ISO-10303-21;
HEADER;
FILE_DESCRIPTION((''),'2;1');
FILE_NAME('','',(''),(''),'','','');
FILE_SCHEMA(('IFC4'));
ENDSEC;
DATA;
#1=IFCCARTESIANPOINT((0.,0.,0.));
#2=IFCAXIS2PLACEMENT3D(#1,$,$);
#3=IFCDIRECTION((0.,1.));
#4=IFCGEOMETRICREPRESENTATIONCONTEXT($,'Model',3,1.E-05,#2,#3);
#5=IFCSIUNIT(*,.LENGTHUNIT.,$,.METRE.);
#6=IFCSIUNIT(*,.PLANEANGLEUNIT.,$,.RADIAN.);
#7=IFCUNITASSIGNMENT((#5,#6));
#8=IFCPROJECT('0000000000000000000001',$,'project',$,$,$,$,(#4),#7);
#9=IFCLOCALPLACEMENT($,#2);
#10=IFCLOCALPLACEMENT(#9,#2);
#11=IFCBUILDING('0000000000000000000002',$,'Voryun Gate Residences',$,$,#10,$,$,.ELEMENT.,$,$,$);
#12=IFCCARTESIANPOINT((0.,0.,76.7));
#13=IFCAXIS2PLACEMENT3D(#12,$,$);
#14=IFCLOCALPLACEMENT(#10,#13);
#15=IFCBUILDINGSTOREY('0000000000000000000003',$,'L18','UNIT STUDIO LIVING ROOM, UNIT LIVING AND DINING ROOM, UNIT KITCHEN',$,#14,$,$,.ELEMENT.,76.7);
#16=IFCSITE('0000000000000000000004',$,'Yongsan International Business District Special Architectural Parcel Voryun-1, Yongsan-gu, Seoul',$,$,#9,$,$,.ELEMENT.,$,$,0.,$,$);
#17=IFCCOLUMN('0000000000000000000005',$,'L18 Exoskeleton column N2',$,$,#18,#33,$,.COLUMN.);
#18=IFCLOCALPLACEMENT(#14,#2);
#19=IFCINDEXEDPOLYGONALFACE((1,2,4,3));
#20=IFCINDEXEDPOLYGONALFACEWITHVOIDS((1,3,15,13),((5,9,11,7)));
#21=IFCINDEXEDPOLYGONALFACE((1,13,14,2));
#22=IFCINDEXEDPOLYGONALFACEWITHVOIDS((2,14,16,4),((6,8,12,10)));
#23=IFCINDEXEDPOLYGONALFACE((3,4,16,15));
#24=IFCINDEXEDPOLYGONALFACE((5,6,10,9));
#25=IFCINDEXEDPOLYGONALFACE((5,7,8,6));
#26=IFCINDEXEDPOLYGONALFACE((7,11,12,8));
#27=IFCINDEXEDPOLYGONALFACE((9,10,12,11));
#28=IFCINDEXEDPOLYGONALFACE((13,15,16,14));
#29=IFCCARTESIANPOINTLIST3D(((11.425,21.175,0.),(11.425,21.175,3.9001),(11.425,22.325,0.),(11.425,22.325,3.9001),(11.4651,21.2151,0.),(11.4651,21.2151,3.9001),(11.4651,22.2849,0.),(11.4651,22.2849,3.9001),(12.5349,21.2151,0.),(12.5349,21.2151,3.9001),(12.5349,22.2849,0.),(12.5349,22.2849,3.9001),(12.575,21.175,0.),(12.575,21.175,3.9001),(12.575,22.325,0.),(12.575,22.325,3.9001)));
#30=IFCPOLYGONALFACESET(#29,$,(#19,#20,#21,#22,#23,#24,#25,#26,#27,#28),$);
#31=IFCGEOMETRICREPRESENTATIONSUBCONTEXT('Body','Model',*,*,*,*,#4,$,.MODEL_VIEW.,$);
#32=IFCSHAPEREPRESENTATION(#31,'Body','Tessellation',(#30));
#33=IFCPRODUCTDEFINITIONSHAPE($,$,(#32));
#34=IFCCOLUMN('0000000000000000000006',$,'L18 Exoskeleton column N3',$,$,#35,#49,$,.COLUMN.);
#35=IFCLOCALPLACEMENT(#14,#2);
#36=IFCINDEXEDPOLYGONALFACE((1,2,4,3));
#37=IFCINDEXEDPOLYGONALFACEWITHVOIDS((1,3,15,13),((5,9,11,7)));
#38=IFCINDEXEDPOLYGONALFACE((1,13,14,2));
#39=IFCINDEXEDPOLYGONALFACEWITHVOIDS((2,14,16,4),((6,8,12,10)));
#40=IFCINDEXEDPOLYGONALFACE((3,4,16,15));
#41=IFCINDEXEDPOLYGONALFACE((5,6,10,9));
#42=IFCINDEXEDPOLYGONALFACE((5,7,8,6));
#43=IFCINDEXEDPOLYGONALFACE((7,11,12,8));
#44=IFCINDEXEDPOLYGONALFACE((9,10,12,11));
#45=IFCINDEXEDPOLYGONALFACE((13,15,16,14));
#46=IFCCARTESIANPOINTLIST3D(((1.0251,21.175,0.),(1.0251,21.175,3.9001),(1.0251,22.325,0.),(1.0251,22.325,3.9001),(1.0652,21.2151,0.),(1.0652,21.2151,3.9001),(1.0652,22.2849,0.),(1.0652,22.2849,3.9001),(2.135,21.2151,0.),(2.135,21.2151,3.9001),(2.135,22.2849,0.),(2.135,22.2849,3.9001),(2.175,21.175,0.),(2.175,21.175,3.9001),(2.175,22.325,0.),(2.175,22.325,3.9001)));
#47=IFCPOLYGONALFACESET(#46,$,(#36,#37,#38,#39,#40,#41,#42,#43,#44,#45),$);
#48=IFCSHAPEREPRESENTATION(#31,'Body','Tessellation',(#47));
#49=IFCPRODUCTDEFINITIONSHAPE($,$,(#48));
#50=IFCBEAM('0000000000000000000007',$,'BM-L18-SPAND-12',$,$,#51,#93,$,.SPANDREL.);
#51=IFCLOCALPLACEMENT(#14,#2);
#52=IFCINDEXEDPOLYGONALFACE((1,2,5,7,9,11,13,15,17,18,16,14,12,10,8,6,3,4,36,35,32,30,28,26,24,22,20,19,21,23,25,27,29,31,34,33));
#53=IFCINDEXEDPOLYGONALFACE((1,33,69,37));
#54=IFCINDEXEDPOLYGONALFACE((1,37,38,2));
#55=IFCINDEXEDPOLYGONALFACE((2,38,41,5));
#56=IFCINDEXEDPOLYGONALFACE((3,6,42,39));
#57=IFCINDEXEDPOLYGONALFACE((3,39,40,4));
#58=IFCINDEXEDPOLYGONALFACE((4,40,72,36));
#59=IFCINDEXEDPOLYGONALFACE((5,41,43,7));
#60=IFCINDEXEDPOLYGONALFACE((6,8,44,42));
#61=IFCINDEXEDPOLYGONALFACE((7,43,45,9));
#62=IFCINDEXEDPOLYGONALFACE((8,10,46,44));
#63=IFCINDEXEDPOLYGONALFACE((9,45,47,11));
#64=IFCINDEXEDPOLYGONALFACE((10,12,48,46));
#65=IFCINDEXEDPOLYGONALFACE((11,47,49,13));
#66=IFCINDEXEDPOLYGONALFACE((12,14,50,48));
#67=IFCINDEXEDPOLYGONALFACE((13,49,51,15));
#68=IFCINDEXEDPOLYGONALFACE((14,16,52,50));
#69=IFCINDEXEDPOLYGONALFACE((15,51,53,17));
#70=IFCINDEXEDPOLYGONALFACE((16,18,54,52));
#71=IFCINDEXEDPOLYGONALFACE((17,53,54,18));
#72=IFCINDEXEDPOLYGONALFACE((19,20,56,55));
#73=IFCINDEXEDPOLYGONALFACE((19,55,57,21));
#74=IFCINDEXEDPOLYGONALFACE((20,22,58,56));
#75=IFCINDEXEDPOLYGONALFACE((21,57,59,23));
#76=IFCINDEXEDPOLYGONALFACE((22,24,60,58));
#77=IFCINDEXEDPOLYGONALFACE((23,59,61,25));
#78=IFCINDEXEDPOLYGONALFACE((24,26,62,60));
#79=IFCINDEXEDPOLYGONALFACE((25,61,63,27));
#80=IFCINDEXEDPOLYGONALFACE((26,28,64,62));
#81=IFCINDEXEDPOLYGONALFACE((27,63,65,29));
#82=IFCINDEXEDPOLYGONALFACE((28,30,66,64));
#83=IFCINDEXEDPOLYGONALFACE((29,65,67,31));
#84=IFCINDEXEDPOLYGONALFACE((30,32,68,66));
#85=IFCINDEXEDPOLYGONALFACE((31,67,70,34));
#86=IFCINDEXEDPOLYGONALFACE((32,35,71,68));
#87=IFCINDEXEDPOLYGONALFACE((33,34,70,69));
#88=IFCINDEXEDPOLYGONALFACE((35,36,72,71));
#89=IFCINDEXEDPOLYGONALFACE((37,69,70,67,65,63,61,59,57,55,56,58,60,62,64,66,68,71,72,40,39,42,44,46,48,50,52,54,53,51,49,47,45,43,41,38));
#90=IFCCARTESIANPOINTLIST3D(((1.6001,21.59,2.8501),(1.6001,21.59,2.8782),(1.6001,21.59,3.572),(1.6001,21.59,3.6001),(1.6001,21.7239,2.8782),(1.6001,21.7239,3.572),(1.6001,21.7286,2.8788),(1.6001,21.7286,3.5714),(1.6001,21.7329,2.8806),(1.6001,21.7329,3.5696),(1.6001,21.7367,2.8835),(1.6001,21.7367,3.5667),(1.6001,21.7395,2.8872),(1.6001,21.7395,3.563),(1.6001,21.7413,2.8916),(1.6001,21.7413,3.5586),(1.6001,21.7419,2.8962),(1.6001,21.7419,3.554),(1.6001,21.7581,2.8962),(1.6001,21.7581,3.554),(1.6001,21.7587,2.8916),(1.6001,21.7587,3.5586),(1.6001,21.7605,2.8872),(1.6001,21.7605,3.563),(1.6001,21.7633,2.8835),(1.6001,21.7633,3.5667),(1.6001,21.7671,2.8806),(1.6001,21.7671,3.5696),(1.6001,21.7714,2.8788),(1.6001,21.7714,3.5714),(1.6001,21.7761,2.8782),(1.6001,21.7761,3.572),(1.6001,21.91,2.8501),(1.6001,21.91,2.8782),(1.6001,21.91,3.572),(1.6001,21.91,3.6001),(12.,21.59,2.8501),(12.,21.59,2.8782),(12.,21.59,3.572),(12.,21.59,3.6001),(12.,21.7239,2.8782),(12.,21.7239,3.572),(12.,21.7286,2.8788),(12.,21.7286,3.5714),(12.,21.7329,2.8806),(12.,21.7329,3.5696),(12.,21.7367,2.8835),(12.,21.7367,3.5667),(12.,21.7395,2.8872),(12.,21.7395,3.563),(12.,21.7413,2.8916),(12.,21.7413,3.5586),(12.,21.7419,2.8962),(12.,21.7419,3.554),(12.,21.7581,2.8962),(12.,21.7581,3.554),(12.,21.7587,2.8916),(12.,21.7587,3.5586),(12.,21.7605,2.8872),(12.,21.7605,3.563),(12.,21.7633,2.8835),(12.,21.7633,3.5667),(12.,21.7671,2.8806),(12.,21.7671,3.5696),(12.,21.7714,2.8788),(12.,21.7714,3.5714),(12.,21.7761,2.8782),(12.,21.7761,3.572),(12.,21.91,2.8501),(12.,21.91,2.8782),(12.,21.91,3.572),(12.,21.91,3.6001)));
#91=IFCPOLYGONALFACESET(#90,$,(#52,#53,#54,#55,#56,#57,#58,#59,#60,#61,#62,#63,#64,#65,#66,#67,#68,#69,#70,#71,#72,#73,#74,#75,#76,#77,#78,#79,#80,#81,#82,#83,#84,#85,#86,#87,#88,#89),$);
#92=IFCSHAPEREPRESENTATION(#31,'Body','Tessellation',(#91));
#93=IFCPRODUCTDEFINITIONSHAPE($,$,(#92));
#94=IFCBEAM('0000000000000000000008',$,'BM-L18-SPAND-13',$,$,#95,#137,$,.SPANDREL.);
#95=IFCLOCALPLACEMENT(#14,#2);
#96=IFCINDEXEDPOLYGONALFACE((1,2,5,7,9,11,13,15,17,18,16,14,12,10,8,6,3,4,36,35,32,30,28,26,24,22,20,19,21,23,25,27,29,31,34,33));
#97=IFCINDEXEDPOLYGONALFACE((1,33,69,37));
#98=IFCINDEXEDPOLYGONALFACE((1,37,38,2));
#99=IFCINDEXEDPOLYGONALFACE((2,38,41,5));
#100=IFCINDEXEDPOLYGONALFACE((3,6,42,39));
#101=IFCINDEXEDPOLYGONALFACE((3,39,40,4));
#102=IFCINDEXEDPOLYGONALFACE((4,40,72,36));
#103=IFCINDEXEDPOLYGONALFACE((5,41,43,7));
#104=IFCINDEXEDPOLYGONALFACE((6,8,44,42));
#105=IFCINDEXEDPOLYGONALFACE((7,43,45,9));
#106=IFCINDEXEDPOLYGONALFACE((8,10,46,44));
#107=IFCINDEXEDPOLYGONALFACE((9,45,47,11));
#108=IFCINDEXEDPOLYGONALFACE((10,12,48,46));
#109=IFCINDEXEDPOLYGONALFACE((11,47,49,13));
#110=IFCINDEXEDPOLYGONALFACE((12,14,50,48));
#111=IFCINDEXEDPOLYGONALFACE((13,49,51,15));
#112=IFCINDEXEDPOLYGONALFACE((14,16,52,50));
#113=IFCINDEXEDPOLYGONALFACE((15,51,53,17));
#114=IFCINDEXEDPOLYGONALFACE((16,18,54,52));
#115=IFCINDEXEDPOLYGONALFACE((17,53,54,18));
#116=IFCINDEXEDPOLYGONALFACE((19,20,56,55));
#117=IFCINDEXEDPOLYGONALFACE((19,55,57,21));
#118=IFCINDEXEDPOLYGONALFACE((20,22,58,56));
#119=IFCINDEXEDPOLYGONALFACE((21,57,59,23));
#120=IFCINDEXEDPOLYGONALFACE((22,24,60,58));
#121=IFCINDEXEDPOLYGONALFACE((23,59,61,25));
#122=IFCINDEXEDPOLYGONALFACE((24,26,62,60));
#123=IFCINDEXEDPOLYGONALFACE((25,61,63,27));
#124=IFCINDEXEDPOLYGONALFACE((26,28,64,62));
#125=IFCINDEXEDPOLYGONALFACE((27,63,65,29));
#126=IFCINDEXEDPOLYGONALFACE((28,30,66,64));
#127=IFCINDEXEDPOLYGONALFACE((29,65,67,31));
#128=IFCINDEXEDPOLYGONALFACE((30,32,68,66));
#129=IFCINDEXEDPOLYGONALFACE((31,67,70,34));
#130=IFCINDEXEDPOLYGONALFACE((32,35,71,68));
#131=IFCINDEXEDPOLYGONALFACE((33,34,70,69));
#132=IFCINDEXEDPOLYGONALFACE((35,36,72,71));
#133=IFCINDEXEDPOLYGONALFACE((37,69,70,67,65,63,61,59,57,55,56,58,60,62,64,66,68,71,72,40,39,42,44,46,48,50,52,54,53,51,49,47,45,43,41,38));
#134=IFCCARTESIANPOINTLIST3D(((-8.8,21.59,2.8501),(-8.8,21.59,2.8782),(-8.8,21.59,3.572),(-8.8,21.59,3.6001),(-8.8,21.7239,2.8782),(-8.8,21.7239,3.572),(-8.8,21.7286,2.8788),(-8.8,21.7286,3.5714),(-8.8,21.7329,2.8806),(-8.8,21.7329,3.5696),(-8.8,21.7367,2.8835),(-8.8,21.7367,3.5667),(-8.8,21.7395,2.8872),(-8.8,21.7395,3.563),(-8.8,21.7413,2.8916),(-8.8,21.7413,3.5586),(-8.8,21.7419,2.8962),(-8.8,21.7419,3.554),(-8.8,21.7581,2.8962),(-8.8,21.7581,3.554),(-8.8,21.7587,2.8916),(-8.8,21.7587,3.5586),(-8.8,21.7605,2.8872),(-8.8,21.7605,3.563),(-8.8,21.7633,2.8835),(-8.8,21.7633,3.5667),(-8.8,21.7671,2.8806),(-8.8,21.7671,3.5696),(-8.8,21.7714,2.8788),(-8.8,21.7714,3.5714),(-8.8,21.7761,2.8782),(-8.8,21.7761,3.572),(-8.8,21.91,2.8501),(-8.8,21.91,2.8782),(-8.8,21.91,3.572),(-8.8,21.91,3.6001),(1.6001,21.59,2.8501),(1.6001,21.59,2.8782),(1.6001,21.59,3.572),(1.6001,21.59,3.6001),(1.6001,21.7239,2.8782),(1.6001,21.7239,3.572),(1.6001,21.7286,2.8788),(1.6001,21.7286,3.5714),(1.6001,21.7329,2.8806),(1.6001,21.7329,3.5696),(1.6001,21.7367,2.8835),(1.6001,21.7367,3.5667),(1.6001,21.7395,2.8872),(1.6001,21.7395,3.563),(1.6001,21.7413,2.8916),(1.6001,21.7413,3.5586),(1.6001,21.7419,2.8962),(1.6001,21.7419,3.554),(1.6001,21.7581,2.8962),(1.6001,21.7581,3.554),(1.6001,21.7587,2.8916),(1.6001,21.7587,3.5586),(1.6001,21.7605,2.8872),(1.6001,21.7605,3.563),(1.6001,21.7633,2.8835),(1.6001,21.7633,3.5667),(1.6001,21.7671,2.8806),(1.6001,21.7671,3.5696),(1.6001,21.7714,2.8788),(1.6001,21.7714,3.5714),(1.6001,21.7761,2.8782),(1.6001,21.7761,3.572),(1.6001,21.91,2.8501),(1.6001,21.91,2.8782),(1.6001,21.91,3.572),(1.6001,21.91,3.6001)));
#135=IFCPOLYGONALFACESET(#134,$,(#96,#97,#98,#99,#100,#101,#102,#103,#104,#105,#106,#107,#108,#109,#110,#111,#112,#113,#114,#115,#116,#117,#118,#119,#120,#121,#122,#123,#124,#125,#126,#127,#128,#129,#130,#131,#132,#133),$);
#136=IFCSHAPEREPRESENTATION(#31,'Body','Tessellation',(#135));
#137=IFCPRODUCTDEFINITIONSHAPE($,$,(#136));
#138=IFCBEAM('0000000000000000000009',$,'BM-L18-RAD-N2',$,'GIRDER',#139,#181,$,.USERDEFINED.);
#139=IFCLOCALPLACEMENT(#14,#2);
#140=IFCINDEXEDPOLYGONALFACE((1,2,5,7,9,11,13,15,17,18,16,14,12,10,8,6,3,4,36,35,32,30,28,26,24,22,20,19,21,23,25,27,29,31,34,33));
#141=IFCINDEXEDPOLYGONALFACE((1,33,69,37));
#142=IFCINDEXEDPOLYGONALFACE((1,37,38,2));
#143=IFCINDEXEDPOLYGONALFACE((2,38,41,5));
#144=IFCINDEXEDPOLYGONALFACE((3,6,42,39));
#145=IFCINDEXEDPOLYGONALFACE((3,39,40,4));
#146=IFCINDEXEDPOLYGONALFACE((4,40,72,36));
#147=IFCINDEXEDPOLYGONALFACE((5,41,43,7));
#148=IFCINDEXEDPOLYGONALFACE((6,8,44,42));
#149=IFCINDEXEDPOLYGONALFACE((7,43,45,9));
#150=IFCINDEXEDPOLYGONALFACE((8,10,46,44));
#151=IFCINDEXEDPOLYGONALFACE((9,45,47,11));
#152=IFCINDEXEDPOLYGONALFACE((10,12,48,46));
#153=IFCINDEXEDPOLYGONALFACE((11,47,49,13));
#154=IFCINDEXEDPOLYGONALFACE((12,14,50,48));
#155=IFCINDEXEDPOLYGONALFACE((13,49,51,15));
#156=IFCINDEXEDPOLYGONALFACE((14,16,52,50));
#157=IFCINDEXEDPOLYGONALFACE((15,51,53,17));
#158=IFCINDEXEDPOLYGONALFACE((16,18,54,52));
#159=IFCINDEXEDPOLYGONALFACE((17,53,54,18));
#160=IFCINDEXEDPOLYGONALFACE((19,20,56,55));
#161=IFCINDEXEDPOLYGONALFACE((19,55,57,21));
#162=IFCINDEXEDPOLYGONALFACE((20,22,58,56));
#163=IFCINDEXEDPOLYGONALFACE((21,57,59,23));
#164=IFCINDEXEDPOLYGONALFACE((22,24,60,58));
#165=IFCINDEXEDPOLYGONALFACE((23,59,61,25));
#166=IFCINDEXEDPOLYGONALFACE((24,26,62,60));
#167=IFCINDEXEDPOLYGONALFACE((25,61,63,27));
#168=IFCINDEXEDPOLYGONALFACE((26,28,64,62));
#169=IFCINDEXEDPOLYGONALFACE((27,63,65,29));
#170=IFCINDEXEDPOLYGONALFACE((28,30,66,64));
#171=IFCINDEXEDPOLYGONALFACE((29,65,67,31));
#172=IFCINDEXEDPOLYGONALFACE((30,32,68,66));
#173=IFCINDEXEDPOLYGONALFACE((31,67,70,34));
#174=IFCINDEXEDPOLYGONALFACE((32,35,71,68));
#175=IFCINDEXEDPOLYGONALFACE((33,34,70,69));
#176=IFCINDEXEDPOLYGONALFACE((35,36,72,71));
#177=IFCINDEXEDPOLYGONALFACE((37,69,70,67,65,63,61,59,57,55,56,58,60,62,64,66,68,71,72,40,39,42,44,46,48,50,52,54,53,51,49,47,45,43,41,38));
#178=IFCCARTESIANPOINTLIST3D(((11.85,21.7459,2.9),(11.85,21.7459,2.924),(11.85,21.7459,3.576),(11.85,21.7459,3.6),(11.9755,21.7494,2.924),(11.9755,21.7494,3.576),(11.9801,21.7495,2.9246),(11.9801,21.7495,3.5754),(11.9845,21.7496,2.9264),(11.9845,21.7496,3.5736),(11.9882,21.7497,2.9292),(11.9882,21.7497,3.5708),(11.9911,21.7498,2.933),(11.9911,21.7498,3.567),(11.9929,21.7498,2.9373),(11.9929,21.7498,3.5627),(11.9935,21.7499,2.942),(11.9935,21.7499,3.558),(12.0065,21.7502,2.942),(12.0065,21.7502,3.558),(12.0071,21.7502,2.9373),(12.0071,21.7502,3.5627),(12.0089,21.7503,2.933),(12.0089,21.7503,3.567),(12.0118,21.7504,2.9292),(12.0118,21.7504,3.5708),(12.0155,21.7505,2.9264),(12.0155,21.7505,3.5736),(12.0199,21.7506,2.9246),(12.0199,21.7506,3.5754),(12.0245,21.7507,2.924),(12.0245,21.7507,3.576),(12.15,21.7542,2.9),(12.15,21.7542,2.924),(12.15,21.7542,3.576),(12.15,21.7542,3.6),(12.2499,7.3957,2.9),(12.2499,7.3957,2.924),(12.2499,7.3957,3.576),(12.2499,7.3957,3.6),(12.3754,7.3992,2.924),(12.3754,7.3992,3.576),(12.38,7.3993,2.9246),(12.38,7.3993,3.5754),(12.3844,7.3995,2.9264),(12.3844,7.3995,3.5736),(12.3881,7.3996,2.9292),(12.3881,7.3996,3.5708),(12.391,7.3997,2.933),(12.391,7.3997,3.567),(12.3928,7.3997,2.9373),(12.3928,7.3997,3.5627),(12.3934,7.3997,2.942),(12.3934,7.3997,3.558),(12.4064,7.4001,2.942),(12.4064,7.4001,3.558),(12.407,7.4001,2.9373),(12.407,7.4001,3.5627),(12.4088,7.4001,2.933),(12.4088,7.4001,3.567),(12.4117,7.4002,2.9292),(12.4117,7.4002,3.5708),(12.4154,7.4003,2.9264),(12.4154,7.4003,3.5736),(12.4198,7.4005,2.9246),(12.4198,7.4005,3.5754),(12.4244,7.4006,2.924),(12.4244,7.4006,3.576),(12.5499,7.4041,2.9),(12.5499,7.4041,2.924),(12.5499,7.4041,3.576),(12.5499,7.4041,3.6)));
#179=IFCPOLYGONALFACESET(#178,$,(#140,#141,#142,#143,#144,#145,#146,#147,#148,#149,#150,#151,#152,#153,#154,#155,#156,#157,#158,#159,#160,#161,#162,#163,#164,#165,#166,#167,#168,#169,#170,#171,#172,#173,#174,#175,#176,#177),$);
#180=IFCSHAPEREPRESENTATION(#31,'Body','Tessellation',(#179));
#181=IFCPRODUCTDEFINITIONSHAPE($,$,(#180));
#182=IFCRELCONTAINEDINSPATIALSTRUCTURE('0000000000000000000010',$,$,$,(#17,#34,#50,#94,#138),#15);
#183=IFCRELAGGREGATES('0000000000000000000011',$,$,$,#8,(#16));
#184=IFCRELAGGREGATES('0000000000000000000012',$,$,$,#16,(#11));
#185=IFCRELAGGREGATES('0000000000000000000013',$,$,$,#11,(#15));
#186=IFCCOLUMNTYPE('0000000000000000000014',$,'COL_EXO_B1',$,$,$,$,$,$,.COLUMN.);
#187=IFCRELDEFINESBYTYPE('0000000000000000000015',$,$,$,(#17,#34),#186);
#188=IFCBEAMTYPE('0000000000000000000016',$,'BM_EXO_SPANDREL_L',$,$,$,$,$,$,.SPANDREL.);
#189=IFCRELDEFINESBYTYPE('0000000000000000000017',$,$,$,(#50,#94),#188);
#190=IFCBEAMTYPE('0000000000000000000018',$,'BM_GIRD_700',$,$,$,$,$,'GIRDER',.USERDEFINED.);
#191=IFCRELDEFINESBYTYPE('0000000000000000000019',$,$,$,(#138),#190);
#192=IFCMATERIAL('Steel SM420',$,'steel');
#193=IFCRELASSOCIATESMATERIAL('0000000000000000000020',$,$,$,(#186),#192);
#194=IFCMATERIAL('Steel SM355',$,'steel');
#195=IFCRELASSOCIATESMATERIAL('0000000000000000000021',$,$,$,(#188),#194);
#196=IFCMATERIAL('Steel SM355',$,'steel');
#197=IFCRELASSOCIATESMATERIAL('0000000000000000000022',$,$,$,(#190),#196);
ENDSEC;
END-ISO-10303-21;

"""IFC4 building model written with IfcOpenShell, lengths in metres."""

from ifc_helpers import new_model, si_unit, direction, frame, origin, origin_2d, place, context, subcontext, project, spatial, hollow_rectangle, i_section, extrude, material, material_profile, profile_set, type_object, element, save


model = new_model("IFC4")

# Units and contexts
model_context = context("Model", 3, precision=1e-05, world=origin(), true_north=direction((0.0, 1.0)))
body_context = subcontext(model_context, "Body", "Model", "MODEL_VIEW")
ifc_project = project(units=[si_unit("LENGTHUNIT", "METRE"), si_unit("PLANEANGLEUNIT", "RADIAN")], contexts=[model_context])

# Site, building, storey
site_placement = place(None, origin())
site = spatial("IfcSite", under=ifc_project, at=site_placement, Name="Yongsan International Business District Special Architectural Parcel Voryun-1, Yongsan-gu, Seoul", CompositionType="ELEMENT", RefElevation=0.0)
building_placement = place(site_placement, origin())
building = spatial("IfcBuilding", under=site, at=building_placement, Name="Voryun Gate Residences", CompositionType="ELEMENT")
storey_placement = place(building_placement, frame((0.0, 0.0, 76.7)))
storey = spatial("IfcBuildingStorey", under=building, at=storey_placement, Name="L18", Description="UNIT STUDIO LIVING ROOM, UNIT LIVING AND DINING ROOM, UNIT KITCHEN", CompositionType="ELEMENT", Elevation=76.7)

# Columns
ifc_material_1 = material(Name="Steel SM420", Category="steel")
ifc_material_profile_1 = material_profile(ifc_material_1, hollow_rectangle(XDim=1.1499, YDim=1.1499, WallThickness=0.04, at=origin_2d()), Name="BOX-1150x1150x40")
ifc_profile_set_1 = profile_set([ifc_material_profile_1], Name="Steel SM420")
column_type = type_object("IfcColumnType", Name="COL_EXO_B1", PredefinedType="COLUMN", material=ifc_profile_set_1)
for number, where, z_axis, x_axis, name in (
    (1, (12.0, 21.75, 0.0), (0.0, 0.0, 1.0), (1.0, 0.0, 0.0), "L18 Exoskeleton column N2"),
    (2, (1.6001, 21.75, 0.0), (0.0, 0.0, 1.0), (1.0, 0.0, 0.0), "L18 Exoskeleton column N3"),
):
    element("IfcColumn", number, at=place(storey_placement, frame(where, z_axis=z_axis, x_axis=x_axis)), inside=storey, type_object=column_type, Name=name, PredefinedType="COLUMN", context=body_context, shape_type="SweptSolid", body=[
        extrude(hollow_rectangle(XDim=1.1499, YDim=1.1499, WallThickness=0.04, at=origin_2d()), origin(), (0.0, 0.0, 1.0), 3.9001),
    ])

# Beams
ifc_material_2 = material(Name="Steel SM355", Category="steel")
ifc_material_profile_2 = material_profile(ifc_material_2, i_section(OverallWidth=0.3201, OverallDepth=0.75, WebThickness=0.0161, FlangeThickness=0.0281, FilletRadius=0.0181, at=origin_2d()), Name="H-750x320x16x28")
ifc_profile_set_2 = profile_set([ifc_material_profile_2], Name="Steel SM355")
beam_type_1 = type_object("IfcBeamType", Name="BM_EXO_SPANDREL_L", PredefinedType="SPANDREL", material=ifc_profile_set_2)
beam_1_placement = place(storey_placement, frame((12.0, 21.75, 3.2251), z_axis=(-1.0, 0.0, 0.0), x_axis=(0.0, -1.0, 0.0)))
element("IfcBeam", 3, at=beam_1_placement, inside=storey, type_object=beam_type_1, Name="BM-L18-SPAND-12", PredefinedType="SPANDREL", context=body_context, shape_type="SweptSolid", body=[
    extrude(i_section(OverallWidth=0.3201, OverallDepth=0.75, WebThickness=0.0161, FlangeThickness=0.0281, FilletRadius=0.0181, at=origin_2d()), origin(), (0.0, 0.0, 1.0), 10.3999),
])
beam_2_placement = place(storey_placement, frame((1.6001, 21.75, 3.2251), z_axis=(-1.0, 0.0, 0.0), x_axis=(0.0, -1.0, 0.0)))
element("IfcBeam", 4, at=beam_2_placement, inside=storey, type_object=beam_type_1, Name="BM-L18-SPAND-13", PredefinedType="SPANDREL", context=body_context, shape_type="SweptSolid", body=[
    extrude(i_section(OverallWidth=0.3201, OverallDepth=0.75, WebThickness=0.0161, FlangeThickness=0.0281, FilletRadius=0.0181, at=origin_2d()), origin(), (0.0, 0.0, 1.0), 10.4001),
])
ifc_material_3 = material(Name="Steel SM355", Category="steel")
ifc_material_profile_3 = material_profile(ifc_material_3, i_section(OverallWidth=0.3, OverallDepth=0.7, WebThickness=0.0129, FlangeThickness=0.0239, FilletRadius=0.0181, at=origin_2d()), Name="H-700x300x13x24")
ifc_profile_set_3 = profile_set([ifc_material_profile_3], Name="Steel SM355")
beam_type_2 = type_object("IfcBeamType", Name="BM_GIRD_700", ElementType="GIRDER", PredefinedType="USERDEFINED", material=ifc_profile_set_3)
beam_3_placement = place(storey_placement, frame((12.3999, 7.3999, 3.25), z_axis=(-0.027857, 0.999612, 0.0), x_axis=(-0.999612, -0.027857, 0.0)))
element("IfcBeam", 5, at=beam_3_placement, inside=storey, type_object=beam_type_2, Name="BM-L18-RAD-N2", ObjectType="GIRDER", PredefinedType="USERDEFINED", context=body_context, shape_type="SweptSolid", body=[
    extrude(i_section(OverallWidth=0.3, OverallDepth=0.7, WebThickness=0.0129, FlangeThickness=0.0239, FilletRadius=0.0181, at=origin_2d()), origin(), (0.0, 0.0, 1.0), 14.3557),
])

save(model, "model.ifc")
